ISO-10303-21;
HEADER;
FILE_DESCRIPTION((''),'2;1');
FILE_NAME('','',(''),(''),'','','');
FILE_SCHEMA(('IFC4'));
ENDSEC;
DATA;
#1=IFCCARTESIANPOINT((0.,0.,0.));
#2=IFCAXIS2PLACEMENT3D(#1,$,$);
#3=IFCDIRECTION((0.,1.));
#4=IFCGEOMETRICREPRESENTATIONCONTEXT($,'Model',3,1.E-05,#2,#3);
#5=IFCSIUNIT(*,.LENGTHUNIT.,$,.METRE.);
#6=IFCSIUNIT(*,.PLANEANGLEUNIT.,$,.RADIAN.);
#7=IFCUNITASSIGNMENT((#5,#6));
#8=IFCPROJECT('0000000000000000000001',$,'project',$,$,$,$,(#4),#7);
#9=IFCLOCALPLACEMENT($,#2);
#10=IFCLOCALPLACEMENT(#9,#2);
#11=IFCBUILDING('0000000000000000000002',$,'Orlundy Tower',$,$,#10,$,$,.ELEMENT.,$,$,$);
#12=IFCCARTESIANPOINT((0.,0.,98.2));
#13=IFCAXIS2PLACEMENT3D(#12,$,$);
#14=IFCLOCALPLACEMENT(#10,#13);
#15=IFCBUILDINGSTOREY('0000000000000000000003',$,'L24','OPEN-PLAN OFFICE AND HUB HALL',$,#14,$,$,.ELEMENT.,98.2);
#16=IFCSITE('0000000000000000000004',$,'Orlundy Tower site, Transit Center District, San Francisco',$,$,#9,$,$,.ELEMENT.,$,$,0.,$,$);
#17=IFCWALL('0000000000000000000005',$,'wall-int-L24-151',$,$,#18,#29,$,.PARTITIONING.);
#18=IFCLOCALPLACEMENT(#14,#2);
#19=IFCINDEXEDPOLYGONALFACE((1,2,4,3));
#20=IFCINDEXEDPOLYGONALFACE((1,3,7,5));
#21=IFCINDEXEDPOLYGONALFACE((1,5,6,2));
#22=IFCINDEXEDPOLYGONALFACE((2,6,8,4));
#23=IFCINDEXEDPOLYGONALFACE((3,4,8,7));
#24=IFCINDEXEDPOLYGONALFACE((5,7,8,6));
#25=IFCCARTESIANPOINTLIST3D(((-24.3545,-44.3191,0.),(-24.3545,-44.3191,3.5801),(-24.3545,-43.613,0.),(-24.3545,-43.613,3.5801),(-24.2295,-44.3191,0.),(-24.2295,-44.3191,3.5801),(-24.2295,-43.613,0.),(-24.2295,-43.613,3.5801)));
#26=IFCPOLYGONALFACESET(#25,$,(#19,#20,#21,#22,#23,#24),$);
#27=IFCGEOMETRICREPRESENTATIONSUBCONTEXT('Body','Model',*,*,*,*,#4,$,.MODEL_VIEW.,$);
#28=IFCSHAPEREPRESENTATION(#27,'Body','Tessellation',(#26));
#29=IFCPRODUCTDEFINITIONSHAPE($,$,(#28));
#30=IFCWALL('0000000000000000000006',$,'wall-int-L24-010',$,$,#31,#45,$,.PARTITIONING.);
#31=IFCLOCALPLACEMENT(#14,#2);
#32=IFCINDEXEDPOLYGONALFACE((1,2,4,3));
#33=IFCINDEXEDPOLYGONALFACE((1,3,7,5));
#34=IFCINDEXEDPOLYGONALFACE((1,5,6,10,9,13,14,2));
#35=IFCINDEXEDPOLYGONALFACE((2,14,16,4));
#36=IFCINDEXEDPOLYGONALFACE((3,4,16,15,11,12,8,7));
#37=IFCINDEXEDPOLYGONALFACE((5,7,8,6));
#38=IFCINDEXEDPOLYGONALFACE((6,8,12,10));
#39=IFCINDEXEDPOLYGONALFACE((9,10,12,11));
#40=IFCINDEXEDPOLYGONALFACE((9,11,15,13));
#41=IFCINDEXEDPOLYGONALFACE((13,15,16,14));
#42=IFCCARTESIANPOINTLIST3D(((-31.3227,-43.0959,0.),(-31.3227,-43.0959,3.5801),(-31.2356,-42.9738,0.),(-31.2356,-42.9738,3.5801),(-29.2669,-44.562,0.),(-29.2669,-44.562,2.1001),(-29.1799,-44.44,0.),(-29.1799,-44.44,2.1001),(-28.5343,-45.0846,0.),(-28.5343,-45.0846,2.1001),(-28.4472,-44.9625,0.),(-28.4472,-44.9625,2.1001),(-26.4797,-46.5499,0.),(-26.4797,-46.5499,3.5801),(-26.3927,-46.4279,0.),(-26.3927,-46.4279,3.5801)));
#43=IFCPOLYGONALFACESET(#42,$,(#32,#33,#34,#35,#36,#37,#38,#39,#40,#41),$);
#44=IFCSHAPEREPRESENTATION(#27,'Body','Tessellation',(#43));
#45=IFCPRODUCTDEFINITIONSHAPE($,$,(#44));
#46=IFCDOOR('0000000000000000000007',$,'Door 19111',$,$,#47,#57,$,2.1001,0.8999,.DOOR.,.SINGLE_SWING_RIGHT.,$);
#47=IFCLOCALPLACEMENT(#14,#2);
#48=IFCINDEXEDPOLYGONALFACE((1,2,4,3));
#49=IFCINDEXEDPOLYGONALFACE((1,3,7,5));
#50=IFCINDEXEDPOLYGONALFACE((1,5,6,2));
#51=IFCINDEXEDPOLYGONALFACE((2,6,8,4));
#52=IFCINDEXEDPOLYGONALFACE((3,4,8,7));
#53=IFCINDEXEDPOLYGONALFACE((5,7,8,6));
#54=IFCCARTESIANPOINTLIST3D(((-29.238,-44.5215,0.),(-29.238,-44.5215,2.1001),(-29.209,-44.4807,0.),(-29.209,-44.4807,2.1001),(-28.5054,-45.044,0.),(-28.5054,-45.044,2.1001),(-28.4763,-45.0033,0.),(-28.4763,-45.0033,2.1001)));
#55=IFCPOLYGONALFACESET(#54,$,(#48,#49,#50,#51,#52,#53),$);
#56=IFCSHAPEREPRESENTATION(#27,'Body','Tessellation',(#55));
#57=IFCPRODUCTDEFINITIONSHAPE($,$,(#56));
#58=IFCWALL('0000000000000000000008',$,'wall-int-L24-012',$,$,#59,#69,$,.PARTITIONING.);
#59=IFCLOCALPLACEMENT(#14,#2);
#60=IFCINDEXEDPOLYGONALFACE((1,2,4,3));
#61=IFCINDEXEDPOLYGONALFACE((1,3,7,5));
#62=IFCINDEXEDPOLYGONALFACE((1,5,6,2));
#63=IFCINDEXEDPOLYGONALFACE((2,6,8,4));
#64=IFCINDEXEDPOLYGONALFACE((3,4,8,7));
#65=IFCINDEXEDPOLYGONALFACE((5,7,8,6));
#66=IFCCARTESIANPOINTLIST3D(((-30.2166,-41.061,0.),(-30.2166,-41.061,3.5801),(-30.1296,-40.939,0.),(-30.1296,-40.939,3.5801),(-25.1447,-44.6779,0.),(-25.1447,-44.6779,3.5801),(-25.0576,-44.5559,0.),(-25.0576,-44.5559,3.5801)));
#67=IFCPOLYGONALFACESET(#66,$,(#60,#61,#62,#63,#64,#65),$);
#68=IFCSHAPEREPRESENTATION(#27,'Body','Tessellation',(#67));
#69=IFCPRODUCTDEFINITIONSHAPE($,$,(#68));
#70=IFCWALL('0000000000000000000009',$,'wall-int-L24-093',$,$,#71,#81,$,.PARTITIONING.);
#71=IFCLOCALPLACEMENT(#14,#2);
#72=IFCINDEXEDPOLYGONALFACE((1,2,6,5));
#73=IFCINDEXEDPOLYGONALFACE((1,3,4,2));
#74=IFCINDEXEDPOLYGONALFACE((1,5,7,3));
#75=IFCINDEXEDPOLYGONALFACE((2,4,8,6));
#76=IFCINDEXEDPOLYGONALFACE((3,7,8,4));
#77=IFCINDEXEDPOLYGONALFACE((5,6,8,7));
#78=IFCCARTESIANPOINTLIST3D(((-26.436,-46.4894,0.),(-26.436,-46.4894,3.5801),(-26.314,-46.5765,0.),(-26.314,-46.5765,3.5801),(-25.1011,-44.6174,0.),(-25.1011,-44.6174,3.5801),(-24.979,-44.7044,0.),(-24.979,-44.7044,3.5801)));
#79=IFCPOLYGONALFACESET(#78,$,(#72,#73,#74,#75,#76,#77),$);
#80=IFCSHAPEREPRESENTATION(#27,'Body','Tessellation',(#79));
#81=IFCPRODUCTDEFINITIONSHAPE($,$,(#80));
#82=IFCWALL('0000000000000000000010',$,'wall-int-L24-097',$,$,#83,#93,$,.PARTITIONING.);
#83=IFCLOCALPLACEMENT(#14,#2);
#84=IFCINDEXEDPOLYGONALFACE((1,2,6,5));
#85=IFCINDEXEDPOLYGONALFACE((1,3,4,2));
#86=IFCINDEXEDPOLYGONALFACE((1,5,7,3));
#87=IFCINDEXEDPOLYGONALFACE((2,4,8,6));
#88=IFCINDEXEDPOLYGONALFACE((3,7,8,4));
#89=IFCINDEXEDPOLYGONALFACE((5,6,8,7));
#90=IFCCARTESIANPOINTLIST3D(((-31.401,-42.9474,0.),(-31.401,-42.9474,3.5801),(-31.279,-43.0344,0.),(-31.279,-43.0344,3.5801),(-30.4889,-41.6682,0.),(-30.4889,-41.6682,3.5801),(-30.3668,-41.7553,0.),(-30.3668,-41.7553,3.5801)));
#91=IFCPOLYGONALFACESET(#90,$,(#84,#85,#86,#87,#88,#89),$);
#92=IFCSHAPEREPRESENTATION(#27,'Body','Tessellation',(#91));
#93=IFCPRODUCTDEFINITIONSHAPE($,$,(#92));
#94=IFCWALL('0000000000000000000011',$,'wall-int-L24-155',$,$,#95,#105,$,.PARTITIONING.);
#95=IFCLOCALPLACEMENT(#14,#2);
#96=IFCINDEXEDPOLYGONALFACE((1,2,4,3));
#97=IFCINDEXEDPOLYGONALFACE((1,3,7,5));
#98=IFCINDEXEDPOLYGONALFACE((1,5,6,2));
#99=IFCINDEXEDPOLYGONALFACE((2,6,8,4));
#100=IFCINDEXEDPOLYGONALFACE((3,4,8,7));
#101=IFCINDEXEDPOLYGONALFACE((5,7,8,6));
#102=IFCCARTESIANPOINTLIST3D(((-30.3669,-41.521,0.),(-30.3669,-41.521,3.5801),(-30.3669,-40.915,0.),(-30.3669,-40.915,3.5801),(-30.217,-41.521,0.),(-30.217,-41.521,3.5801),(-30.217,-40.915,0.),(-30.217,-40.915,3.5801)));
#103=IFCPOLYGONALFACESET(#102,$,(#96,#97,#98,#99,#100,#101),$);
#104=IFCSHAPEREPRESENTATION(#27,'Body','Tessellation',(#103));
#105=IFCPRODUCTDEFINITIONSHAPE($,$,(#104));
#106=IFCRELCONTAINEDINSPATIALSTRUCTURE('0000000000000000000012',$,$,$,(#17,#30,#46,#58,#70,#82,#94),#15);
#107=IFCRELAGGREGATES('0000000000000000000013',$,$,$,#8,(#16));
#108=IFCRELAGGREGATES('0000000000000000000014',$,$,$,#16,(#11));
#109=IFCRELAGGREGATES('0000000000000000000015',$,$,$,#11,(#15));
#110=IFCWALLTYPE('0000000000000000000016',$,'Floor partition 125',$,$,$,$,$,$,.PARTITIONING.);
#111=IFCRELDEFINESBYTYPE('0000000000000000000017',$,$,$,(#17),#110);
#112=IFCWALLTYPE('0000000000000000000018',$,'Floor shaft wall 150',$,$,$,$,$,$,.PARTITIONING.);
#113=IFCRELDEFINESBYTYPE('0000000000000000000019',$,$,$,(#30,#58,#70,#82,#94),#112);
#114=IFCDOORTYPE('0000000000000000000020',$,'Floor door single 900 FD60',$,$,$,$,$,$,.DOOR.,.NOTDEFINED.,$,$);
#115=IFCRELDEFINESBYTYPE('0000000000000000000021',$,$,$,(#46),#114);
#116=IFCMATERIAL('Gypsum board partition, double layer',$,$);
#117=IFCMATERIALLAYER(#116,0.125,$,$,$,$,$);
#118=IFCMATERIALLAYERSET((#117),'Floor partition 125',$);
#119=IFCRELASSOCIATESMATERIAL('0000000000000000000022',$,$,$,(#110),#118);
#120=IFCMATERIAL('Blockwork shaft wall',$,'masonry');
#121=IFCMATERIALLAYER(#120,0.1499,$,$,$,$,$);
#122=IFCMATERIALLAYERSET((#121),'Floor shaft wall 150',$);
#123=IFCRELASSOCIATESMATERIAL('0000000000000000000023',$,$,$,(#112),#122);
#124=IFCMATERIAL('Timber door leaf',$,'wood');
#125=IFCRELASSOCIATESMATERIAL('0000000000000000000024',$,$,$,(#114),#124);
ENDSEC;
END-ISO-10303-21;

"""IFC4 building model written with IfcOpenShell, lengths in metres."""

from ifc_helpers import new_model, si_unit, direction, frame, frame_2d, origin, place, context, subcontext, project, spatial, rectangle, extrude, material, layer, layer_set, type_object, element, fill, save


model = new_model("IFC4")

# Units and contexts
model_context = context("Model", 3, precision=1e-05, world=origin(), true_north=direction((0.0, 1.0)))
body_context = subcontext(model_context, "Body", "Model", "MODEL_VIEW")
ifc_project = project(units=[si_unit("LENGTHUNIT", "METRE"), si_unit("PLANEANGLEUNIT", "RADIAN")], contexts=[model_context])

# Site, building, storey
site_placement = place(None, origin())
site = spatial("IfcSite", under=ifc_project, at=site_placement, Name="Orlundy Tower site, Transit Center District, San Francisco", CompositionType="ELEMENT", RefElevation=0.0)
building_placement = place(site_placement, origin())
building = spatial("IfcBuilding", under=site, at=building_placement, Name="Orlundy Tower", CompositionType="ELEMENT")
storey_placement = place(building_placement, frame((0.0, 0.0, 98.2)))
storey = spatial("IfcBuildingStorey", under=building, at=storey_placement, Name="L24", Description="OPEN-PLAN OFFICE AND HUB HALL", CompositionType="ELEMENT", Elevation=98.2)

# Shared definitions
ifc_material_1 = material(Name="Gypsum board partition, double layer")
ifc_layer_1 = layer(ifc_material_1, 0.125)
ifc_layer_set_1 = layer_set([ifc_layer_1], Name="Floor partition 125")
wall_type_1 = type_object("IfcWallType", Name="Floor partition 125", PredefinedType="PARTITIONING", material=ifc_layer_set_1)

# Wall
wall_1_placement = place(storey_placement, frame((-24.292, -44.3191, 0.0), z_axis=(0.0, 0.0, 1.0), x_axis=(0.0, 1.0, 0.0)))
element("IfcWall", 1, at=wall_1_placement, inside=storey, type_object=wall_type_1, Name="wall-int-L24-151", PredefinedType="PARTITIONING", context=body_context, shape_type="SweptSolid", body=[
    extrude(rectangle(XDim=0.7061, YDim=0.125, at=frame_2d((0.353, 0.0))), origin(), (0.0, 0.0, 1.0), 3.5801),
])

# Wall, opening, door
ifc_material_2 = material(Name="Blockwork shaft wall", Category="masonry")
ifc_layer_2 = layer(ifc_material_2, 0.1499)
ifc_layer_set_2 = layer_set([ifc_layer_2], Name="Floor shaft wall 150")
wall_type_2 = type_object("IfcWallType", Name="Floor shaft wall 150", PredefinedType="PARTITIONING", material=ifc_layer_set_2)
wall_2_placement = place(storey_placement, frame((-31.2791, -43.0349, 0.0), z_axis=(0.0, 0.0, 1.0), x_axis=(0.814146, -0.58066, 0.0)))
wall_2 = element("IfcWall", 2, at=wall_2_placement, inside=storey, type_object=wall_type_2, Name="wall-int-L24-010", PredefinedType="PARTITIONING", context=body_context, shape_type="SweptSolid", body=[
    extrude(rectangle(XDim=5.9485, YDim=0.1499, at=frame_2d((2.9741, 0.0))), origin(), (0.0, 0.0, 1.0), 3.5801),
])
opening_1_placement = place(wall_2_placement, frame((2.5249, 0.0, 0.0)))
opening_1 = element("IfcOpeningElement", 3, at=opening_1_placement, cuts=wall_2, PredefinedType="OPENING", context=body_context, shape_type="SweptSolid", body=[
    extrude(rectangle(XDim=0.8999, YDim=2.1001, at=frame_2d((0.45, 1.05))), frame((0.0, 0.085, 0.0), z_axis=(0.0, -1.0, 0.0), x_axis=(1.0, 0.0, 0.0)), (0.0, 0.0, 1.0), 0.1699),
])
ifc_material_3 = material(Name="Timber door leaf", Category="wood")
door_type_1 = type_object("IfcDoorType", Name="Floor door single 900 FD60", OperationType="NOTDEFINED", PredefinedType="DOOR", material=ifc_material_3)
door_1_placement = place(opening_1_placement, origin())
door_1 = element("IfcDoor", 4, at=door_1_placement, inside=storey, type_object=door_type_1, Name="Door 19111", OperationType="SINGLE_SWING_RIGHT", OverallHeight=2.1001, OverallWidth=0.8999, PredefinedType="DOOR", context=body_context, shape_type="SweptSolid", body=[
    extrude(rectangle(XDim=0.8999, YDim=2.1001, at=frame_2d((0.45, 1.05))), frame((0.0, 0.0249, 0.0), z_axis=(0.0, -1.0, 0.0), x_axis=(1.0, 0.0, 0.0)), (0.0, 0.0, 1.0), 0.05),
])
fill(opening_1, door_1)

# Walls
wall_3_placement = place(storey_placement, frame((-30.1731, -41.0, 0.0), z_axis=(0.0, 0.0, 1.0), x_axis=(0.814183, -0.580608, 0.0)))
element("IfcWall", 5, at=wall_3_placement, inside=storey, type_object=wall_type_2, Name="wall-int-L24-012", PredefinedType="PARTITIONING", context=body_context, shape_type="SweptSolid", body=[
    extrude(rectangle(XDim=6.2295, YDim=0.1499, at=frame_2d((3.1147, 0.0))), origin(), (0.0, 0.0, 1.0), 3.5801),
])
wall_4_placement = place(storey_placement, frame((-26.375, -46.533, 0.0), z_axis=(0.0, 0.0, 1.0), x_axis=(0.580595, 0.814192, 0.0)))
element("IfcWall", 6, at=wall_4_placement, inside=storey, type_object=wall_type_2, Name="wall-int-L24-093", PredefinedType="PARTITIONING", context=body_context, shape_type="SweptSolid", body=[
    extrude(rectangle(XDim=2.2993, YDim=0.1499, at=frame_2d((1.1497, 0.0))), origin(), (0.0, 0.0, 1.0), 3.5801),
])
wall_5_placement = place(storey_placement, frame((-31.3401, -42.991, 0.0), z_axis=(0.0, 0.0, 1.0), x_axis=(0.580606, 0.814185, 0.0)))
element("IfcWall", 7, at=wall_5_placement, inside=storey, type_object=wall_type_2, Name="wall-int-L24-097", PredefinedType="PARTITIONING", context=body_context, shape_type="SweptSolid", body=[
    extrude(rectangle(XDim=1.571, YDim=0.1499, at=frame_2d((0.7856, 0.0))), origin(), (0.0, 0.0, 1.0), 3.5801),
])
wall_6_placement = place(storey_placement, frame((-30.292, -41.521, 0.0), z_axis=(0.0, 0.0, 1.0), x_axis=(0.0, 1.0, 0.0)))
element("IfcWall", 8, at=wall_6_placement, inside=storey, type_object=wall_type_2, Name="wall-int-L24-155", PredefinedType="PARTITIONING", context=body_context, shape_type="SweptSolid", body=[
    extrude(rectangle(XDim=0.606, YDim=0.1499, at=frame_2d((0.303, 0.0))), origin(), (0.0, 0.0, 1.0), 3.5801),
])

save(model, "model.ifc")
